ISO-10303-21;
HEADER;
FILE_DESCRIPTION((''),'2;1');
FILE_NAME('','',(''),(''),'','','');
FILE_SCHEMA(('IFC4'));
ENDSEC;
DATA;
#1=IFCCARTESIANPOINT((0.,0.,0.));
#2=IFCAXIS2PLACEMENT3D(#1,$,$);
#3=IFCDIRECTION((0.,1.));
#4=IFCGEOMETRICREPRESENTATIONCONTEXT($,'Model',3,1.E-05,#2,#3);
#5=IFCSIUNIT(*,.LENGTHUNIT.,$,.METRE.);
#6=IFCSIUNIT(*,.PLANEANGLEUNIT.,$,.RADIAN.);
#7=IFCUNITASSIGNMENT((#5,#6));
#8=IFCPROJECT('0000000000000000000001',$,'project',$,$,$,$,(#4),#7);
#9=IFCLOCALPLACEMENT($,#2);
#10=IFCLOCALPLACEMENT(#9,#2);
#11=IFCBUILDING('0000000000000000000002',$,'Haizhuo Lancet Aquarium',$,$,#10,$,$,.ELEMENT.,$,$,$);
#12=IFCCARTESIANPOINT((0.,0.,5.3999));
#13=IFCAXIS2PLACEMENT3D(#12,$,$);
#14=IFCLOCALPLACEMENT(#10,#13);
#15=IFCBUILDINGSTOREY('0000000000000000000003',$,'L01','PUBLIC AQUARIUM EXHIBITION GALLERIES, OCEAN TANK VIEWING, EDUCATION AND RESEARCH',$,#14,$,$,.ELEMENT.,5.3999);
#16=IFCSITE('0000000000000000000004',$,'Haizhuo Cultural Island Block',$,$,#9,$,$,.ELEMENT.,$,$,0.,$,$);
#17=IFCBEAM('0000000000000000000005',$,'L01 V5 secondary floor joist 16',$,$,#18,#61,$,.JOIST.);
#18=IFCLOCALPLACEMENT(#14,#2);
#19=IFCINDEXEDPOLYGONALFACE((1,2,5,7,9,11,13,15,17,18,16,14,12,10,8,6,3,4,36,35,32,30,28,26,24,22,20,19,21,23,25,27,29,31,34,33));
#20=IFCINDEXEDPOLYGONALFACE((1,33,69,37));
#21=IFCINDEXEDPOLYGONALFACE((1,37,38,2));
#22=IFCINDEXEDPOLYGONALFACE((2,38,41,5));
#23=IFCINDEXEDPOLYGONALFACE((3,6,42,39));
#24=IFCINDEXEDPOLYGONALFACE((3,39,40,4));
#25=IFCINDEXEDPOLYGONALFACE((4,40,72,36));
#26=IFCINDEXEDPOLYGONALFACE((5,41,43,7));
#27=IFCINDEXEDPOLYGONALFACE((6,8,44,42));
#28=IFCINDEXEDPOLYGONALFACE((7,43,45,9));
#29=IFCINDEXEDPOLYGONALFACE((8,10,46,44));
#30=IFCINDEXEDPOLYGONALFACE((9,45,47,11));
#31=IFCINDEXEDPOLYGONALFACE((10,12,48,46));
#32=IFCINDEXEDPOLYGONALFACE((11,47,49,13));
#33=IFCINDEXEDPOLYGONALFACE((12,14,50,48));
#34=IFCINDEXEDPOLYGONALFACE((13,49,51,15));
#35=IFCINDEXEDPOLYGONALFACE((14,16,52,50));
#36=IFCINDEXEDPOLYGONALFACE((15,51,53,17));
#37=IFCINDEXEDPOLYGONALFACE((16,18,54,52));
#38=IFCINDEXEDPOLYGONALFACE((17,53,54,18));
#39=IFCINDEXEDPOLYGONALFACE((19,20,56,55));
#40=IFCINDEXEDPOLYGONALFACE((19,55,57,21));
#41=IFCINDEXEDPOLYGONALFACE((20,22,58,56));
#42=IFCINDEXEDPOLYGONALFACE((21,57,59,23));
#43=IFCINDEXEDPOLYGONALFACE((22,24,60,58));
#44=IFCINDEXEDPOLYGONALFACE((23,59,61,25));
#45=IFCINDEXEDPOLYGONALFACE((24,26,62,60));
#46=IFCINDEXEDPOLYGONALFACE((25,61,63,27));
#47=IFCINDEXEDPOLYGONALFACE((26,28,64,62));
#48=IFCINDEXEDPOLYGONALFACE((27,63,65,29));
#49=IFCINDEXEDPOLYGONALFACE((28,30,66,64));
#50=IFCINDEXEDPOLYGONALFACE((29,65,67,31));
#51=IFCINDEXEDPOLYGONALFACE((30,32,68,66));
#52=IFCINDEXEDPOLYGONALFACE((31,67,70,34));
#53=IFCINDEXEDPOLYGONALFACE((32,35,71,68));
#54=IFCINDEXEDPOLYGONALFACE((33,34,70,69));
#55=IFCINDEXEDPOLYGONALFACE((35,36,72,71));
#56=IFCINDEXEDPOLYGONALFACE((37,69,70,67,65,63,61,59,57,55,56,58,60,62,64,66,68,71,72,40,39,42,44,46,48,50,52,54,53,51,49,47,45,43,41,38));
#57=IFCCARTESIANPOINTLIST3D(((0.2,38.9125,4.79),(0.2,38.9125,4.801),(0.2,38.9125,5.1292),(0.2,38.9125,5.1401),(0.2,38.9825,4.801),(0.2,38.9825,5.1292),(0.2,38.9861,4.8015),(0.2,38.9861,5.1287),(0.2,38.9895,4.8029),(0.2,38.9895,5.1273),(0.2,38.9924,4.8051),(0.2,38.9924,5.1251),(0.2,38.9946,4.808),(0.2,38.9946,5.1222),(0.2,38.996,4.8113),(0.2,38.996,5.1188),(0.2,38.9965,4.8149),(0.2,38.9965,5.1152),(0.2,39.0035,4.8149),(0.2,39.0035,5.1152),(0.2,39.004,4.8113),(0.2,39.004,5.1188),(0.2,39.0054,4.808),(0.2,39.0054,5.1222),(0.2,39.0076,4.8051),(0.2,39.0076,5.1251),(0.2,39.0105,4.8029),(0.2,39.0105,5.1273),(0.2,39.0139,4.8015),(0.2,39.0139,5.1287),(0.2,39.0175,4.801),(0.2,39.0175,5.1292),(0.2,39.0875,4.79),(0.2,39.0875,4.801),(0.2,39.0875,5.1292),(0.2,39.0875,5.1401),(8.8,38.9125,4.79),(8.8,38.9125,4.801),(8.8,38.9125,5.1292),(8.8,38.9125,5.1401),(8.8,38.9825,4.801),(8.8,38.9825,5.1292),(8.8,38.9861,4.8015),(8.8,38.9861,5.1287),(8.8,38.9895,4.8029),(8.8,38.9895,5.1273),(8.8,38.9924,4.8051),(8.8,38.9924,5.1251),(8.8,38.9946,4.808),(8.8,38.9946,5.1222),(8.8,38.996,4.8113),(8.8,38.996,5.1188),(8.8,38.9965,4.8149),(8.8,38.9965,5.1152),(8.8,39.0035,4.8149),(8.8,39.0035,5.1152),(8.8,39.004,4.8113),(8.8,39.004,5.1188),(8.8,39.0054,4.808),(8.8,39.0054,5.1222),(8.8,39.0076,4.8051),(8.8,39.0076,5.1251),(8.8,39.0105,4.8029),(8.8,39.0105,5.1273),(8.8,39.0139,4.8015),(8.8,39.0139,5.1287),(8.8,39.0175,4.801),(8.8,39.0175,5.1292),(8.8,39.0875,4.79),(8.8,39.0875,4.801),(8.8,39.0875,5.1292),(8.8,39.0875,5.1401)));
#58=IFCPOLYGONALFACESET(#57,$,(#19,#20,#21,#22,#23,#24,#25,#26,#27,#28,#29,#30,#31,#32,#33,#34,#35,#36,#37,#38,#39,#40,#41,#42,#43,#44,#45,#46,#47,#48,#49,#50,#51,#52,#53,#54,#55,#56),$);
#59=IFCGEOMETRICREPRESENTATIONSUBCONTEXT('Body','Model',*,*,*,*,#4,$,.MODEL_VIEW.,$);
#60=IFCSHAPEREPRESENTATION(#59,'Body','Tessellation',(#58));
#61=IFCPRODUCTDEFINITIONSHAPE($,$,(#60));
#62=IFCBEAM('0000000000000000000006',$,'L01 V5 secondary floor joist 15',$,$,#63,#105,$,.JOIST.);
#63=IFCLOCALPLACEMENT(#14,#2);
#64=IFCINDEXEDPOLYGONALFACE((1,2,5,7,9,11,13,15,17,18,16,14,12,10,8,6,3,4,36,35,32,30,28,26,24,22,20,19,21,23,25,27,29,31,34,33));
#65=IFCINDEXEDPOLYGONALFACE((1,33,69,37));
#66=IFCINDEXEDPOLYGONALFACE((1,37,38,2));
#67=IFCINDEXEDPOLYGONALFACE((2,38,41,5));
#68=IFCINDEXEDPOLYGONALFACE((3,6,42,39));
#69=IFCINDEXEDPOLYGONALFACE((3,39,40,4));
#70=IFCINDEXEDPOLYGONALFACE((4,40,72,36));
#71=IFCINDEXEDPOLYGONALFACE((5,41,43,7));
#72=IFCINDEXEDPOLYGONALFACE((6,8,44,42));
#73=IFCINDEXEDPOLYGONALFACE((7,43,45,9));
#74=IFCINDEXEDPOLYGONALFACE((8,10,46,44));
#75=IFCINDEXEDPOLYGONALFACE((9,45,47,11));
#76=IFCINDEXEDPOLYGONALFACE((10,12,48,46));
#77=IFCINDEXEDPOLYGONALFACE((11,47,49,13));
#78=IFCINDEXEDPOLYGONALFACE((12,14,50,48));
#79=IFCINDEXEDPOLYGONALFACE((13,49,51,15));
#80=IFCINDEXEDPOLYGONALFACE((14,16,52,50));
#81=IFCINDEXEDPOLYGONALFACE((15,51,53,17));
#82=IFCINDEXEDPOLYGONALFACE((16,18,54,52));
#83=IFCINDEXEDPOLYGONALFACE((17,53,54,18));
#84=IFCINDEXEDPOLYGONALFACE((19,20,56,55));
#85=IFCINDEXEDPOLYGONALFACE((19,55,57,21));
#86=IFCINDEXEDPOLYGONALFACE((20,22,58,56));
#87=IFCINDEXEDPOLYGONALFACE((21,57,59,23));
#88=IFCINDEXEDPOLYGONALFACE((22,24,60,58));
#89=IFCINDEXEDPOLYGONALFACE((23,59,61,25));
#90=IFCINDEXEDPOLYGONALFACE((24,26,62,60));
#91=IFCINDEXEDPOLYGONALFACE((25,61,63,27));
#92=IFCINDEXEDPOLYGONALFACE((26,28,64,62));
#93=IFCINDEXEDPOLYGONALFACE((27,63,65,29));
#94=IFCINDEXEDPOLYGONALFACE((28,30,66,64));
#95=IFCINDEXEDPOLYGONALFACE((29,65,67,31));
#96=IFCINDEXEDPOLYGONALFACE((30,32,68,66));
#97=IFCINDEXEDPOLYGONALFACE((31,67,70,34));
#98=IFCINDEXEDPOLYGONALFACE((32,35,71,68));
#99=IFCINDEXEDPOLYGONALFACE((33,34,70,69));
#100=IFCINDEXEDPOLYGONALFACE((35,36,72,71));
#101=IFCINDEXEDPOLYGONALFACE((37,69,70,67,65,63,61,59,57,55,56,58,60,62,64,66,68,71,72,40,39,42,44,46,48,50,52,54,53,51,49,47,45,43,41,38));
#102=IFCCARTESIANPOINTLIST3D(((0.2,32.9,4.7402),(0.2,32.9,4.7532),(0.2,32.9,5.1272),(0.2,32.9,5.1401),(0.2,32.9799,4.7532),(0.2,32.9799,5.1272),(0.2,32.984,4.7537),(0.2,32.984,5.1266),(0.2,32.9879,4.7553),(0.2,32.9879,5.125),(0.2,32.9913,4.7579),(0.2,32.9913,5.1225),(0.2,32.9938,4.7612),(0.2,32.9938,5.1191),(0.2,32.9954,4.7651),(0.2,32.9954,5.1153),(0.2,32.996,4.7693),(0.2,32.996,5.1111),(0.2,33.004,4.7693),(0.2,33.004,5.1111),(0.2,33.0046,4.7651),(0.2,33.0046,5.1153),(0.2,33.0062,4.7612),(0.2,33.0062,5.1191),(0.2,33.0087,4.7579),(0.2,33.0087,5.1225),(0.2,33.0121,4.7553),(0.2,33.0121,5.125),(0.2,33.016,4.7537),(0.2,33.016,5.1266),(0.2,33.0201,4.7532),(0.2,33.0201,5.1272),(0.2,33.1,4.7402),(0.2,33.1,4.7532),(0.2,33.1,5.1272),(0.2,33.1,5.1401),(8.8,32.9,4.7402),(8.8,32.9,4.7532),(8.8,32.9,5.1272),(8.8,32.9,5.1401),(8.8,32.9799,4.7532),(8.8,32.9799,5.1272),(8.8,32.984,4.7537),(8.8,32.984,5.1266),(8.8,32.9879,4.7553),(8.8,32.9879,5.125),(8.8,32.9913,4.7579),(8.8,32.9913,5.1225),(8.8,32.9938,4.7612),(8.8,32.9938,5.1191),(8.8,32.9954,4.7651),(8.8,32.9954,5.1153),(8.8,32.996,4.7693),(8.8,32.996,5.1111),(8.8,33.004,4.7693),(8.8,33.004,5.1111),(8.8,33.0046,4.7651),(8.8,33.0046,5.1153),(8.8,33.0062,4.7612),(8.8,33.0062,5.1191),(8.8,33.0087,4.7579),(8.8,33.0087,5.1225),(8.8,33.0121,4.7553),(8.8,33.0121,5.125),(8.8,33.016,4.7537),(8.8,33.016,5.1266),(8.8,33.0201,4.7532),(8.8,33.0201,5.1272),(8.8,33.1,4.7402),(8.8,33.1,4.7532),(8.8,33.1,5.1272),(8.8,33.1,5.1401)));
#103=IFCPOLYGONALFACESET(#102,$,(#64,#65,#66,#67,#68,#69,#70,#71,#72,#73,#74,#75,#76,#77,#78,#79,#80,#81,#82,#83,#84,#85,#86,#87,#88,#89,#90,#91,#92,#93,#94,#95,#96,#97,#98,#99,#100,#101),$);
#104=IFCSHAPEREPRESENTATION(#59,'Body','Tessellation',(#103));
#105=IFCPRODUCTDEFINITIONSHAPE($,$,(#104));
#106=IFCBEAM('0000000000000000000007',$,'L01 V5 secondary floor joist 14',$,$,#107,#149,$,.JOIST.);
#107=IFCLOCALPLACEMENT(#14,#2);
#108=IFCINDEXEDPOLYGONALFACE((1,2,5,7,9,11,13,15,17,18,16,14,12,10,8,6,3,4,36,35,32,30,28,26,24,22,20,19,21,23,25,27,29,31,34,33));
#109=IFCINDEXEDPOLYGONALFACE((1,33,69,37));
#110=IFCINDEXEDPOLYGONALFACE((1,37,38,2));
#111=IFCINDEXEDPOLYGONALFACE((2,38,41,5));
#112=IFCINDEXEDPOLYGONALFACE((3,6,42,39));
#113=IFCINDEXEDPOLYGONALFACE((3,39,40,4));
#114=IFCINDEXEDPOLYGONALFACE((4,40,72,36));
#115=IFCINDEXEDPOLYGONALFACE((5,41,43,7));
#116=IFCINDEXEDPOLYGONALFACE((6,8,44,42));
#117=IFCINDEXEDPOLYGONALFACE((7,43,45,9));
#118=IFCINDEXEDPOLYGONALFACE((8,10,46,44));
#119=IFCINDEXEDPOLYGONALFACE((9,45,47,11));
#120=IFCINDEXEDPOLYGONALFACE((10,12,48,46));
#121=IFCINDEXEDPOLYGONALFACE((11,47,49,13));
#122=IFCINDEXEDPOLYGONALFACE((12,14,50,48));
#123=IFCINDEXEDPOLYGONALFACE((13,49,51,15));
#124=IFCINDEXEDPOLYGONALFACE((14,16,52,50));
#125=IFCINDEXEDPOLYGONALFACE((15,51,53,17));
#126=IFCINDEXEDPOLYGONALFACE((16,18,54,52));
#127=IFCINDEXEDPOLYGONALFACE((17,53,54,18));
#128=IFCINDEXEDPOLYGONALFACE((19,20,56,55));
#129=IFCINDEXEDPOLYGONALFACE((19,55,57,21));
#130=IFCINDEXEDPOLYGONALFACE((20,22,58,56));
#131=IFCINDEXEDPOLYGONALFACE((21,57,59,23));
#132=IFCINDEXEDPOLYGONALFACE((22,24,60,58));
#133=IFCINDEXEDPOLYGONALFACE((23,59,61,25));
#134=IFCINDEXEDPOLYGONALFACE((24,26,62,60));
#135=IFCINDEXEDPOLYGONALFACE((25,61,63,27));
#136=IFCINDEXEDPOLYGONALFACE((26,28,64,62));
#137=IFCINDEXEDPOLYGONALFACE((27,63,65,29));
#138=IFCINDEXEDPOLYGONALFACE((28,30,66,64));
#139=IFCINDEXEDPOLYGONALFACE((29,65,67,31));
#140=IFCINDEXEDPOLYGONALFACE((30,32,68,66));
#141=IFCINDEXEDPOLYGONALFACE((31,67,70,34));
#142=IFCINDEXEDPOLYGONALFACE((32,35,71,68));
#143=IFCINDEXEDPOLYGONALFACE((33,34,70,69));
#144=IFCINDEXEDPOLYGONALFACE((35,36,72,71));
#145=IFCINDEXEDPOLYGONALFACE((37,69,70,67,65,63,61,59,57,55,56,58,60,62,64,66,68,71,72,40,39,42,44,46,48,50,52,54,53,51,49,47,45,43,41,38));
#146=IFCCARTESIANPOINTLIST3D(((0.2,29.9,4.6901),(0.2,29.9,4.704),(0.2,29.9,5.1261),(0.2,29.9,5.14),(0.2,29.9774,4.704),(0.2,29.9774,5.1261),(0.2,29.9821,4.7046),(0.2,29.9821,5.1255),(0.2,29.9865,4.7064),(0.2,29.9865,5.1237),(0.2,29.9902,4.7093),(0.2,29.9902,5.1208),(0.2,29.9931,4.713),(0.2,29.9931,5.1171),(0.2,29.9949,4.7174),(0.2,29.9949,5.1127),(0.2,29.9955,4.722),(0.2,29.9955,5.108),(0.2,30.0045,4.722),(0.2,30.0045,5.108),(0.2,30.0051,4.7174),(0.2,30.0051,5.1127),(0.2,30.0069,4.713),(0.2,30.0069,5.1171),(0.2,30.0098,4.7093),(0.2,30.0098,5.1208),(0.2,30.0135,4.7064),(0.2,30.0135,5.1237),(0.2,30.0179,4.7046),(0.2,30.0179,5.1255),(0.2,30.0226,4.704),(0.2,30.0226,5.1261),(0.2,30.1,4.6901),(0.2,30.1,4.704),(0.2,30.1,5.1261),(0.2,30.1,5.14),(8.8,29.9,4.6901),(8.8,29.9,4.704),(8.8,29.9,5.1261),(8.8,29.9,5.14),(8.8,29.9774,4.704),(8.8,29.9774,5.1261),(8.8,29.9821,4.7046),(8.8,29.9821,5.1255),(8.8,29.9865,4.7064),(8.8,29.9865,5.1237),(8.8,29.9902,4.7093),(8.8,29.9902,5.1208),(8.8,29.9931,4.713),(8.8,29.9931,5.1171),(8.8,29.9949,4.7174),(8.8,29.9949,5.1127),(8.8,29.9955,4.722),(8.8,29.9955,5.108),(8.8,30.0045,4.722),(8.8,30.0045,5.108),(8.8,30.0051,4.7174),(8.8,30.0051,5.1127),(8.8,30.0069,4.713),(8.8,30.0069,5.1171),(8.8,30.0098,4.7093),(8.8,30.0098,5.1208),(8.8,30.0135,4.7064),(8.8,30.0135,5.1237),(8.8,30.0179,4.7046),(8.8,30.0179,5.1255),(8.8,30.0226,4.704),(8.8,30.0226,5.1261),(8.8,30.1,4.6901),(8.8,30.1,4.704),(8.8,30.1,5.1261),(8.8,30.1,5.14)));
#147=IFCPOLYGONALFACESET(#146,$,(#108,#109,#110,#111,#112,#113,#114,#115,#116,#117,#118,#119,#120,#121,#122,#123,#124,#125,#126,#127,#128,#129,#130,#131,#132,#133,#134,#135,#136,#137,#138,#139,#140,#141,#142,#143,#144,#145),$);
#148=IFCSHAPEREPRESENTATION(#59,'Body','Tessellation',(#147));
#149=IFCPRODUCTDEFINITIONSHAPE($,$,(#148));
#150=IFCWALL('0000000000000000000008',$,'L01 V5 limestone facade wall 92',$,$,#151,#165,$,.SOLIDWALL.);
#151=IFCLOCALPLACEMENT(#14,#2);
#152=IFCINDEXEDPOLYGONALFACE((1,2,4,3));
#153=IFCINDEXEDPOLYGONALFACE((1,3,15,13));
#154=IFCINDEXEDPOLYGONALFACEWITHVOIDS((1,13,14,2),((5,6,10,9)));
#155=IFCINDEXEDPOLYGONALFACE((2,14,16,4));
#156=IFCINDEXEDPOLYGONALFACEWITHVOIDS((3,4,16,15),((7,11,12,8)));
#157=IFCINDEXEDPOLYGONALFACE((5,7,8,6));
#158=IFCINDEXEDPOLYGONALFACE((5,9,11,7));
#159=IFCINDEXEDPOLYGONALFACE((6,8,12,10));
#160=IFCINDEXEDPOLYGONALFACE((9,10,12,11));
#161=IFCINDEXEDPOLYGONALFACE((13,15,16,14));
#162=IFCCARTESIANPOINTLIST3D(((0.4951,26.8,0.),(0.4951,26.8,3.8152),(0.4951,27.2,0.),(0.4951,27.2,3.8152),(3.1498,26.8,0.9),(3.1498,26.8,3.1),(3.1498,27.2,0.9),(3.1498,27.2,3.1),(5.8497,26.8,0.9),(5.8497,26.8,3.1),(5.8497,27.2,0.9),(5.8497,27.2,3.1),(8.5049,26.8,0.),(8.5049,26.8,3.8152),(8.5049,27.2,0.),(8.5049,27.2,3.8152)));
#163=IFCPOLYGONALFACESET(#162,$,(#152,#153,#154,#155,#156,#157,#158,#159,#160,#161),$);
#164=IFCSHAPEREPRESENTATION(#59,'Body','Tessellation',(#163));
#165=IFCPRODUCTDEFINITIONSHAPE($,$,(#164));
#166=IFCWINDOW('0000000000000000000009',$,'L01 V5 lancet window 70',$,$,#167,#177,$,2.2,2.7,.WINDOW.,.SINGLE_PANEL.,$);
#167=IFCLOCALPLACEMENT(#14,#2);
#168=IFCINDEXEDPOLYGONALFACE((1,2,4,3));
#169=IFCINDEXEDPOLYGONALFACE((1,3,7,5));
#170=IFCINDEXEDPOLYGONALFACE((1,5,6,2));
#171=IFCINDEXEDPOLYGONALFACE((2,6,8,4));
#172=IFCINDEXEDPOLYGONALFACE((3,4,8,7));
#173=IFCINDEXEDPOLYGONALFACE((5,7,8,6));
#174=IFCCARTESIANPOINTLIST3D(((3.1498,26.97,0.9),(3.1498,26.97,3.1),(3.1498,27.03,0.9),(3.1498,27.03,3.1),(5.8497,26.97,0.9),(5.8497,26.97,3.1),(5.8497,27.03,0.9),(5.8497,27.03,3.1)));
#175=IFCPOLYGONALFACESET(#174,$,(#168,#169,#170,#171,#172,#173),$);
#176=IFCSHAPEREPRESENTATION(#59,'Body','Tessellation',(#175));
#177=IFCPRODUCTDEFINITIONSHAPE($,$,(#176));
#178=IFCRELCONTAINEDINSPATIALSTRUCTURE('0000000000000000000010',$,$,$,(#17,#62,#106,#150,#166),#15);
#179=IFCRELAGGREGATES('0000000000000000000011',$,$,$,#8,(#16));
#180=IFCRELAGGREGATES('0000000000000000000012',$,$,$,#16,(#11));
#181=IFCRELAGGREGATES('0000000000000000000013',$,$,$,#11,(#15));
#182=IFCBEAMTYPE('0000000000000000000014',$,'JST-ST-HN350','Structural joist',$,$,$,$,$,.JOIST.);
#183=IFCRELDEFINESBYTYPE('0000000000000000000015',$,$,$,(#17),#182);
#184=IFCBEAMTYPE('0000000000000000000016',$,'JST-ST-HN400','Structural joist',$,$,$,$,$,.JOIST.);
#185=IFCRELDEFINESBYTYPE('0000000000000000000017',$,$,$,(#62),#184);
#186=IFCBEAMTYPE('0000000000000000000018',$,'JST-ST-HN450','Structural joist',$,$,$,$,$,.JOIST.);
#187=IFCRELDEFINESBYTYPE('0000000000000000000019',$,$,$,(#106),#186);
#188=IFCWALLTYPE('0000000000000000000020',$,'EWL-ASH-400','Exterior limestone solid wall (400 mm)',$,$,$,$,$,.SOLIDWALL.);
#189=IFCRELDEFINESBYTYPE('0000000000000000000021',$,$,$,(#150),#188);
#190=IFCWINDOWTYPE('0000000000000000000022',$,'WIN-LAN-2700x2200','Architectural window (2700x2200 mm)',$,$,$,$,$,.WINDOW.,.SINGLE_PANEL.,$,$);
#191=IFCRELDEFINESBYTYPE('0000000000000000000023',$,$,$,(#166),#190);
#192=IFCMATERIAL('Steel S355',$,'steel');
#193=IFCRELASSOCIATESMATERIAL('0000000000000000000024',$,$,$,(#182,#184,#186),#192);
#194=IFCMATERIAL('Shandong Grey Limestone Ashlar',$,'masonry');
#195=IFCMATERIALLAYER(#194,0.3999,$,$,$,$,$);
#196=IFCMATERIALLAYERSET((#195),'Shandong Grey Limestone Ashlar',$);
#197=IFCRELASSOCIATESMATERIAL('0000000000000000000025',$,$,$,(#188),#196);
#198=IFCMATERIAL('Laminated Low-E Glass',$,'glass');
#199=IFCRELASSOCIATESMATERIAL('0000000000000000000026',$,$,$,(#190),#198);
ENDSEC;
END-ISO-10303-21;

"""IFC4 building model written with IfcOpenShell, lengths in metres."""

from ifc_helpers import new_model, si_unit, direction, frame, frame_2d, origin, origin_2d, place, context, subcontext, project, spatial, rectangle, i_section, extrude, material, layer, layer_set, material_profile, profile_set, type_object, element, fill, save


model = new_model("IFC4")

# Units and contexts
model_context = context("Model", 3, precision=1e-05, world=origin(), true_north=direction((0.0, 1.0)))
body_context = subcontext(model_context, "Body", "Model", "MODEL_VIEW")
ifc_project = project(units=[si_unit("LENGTHUNIT", "METRE"), si_unit("PLANEANGLEUNIT", "RADIAN")], contexts=[model_context])

# Site, building, storey
site_placement = place(None, origin())
site = spatial("IfcSite", under=ifc_project, at=site_placement, Name="Haizhuo Cultural Island Block", CompositionType="ELEMENT", RefElevation=0.0)
building_placement = place(site_placement, origin())
building = spatial("IfcBuilding", under=site, at=building_placement, Name="Haizhuo Lancet Aquarium", CompositionType="ELEMENT")
storey_placement = place(building_placement, frame((0.0, 0.0, 5.3999)))
storey = spatial("IfcBuildingStorey", under=building, at=storey_placement, Name="L01", Description="PUBLIC AQUARIUM EXHIBITION GALLERIES, OCEAN TANK VIEWING, EDUCATION AND RESEARCH", CompositionType="ELEMENT", Elevation=5.3999)

# Beams
ifc_material_1 = material(Name="Steel S355", Category="steel")
ifc_material_profile_1 = material_profile(ifc_material_1, i_section(OverallWidth=0.175, OverallDepth=0.3501, WebThickness=0.0071, FlangeThickness=0.011, FilletRadius=0.0139, at=origin_2d()), Name="HN 350x175x7x11")
ifc_profile_set_1 = profile_set([ifc_material_profile_1], Name="Steel S355")
beam_type_1 = type_object("IfcBeamType", Name="JST-ST-HN350", Description="Structural joist", PredefinedType="JOIST", material=ifc_profile_set_1)
beam_1_placement = place(storey_placement, frame((0.2, 39.0, 4.9651), z_axis=(1.0, 0.0, 0.0), x_axis=(0.0, 1.0, 0.0)))
element("IfcBeam", 1, at=beam_1_placement, inside=storey, type_object=beam_type_1, Name="L01 V5 secondary floor joist 16", PredefinedType="JOIST", context=body_context, shape_type="SweptSolid", body=[
    extrude(i_section(OverallWidth=0.175, OverallDepth=0.3501, WebThickness=0.0071, FlangeThickness=0.011, FilletRadius=0.0139, at=origin_2d()), origin(), (0.0, 0.0, 1.0), 8.6001),
])
ifc_material_profile_2 = material_profile(ifc_material_1, i_section(OverallWidth=0.2, OverallDepth=0.3999, WebThickness=0.0081, FlangeThickness=0.0129, FilletRadius=0.0161, at=origin_2d()), Name="HN 400x200x8x13")
ifc_profile_set_2 = profile_set([ifc_material_profile_2], Name="Steel S355")
beam_type_2 = type_object("IfcBeamType", Name="JST-ST-HN400", Description="Structural joist", PredefinedType="JOIST", material=ifc_profile_set_2)
beam_2_placement = place(storey_placement, frame((0.2, 33.0, 4.9402), z_axis=(1.0, 0.0, 0.0), x_axis=(0.0, 1.0, 0.0)))
element("IfcBeam", 2, at=beam_2_placement, inside=storey, type_object=beam_type_2, Name="L01 V5 secondary floor joist 15", PredefinedType="JOIST", context=body_context, shape_type="SweptSolid", body=[
    extrude(i_section(OverallWidth=0.2, OverallDepth=0.3999, WebThickness=0.0081, FlangeThickness=0.0129, FilletRadius=0.0161, at=origin_2d()), origin(), (0.0, 0.0, 1.0), 8.6001),
])
ifc_material_profile_3 = material_profile(ifc_material_1, i_section(OverallWidth=0.2, OverallDepth=0.45, WebThickness=0.009, FlangeThickness=0.0139, FilletRadius=0.0181, at=origin_2d()), Name="HN 450x200x9x14")
ifc_profile_set_3 = profile_set([ifc_material_profile_3], Name="Steel S355")
beam_type_3 = type_object("IfcBeamType", Name="JST-ST-HN450", Description="Structural joist", PredefinedType="JOIST", material=ifc_profile_set_3)
beam_3_placement = place(storey_placement, frame((0.2, 30.0, 4.915), z_axis=(1.0, 0.0, 0.0), x_axis=(0.0, 1.0, 0.0)))
element("IfcBeam", 3, at=beam_3_placement, inside=storey, type_object=beam_type_3, Name="L01 V5 secondary floor joist 14", PredefinedType="JOIST", context=body_context, shape_type="SweptSolid", body=[
    extrude(i_section(OverallWidth=0.2, OverallDepth=0.45, WebThickness=0.009, FlangeThickness=0.0139, FilletRadius=0.0181, at=origin_2d()), origin(), (0.0, 0.0, 1.0), 8.6001),
])

# Wall, opening, window
ifc_material_2 = material(Name="Shandong Grey Limestone Ashlar", Category="masonry")
ifc_layer_1 = layer(ifc_material_2, 0.3999)
ifc_layer_set_1 = layer_set([ifc_layer_1], Name="Shandong Grey Limestone Ashlar")
wall_type_1 = type_object("IfcWallType", Name="EWL-ASH-400", Description="Exterior limestone solid wall (400 mm)", PredefinedType="SOLIDWALL", material=ifc_layer_set_1)
wall_1_placement = place(storey_placement, frame((8.5049, 27.0, 0.0), z_axis=(0.0, 0.0, 1.0), x_axis=(-1.0, 0.0, 0.0)))
wall_1 = element("IfcWall", 4, at=wall_1_placement, inside=storey, type_object=wall_type_1, Name="L01 V5 limestone facade wall 92", PredefinedType="SOLIDWALL", context=body_context, shape_type="SweptSolid", body=[
    extrude(rectangle(XDim=8.0098, YDim=0.3999, at=frame_2d((4.0049, 0.0))), origin(), (0.0, 0.0, 1.0), 3.8152),
])
opening_placement = place(wall_1_placement, frame((2.655, 0.0, 0.8999)))
opening = element("IfcOpeningElement", 5, at=opening_placement, cuts=wall_1, PredefinedType="OPENING", context=body_context, shape_type="SweptSolid", body=[
    extrude(rectangle(XDim=2.7, YDim=2.2, at=frame_2d((1.3501, 1.1001))), frame((0.0, 0.21, 0.0), z_axis=(0.0, -1.0, 0.0), x_axis=(1.0, 0.0, 0.0)), (0.0, 0.0, 1.0), 0.4199),
])
ifc_material_3 = material(Name="Laminated Low-E Glass", Category="glass")
window_type = type_object("IfcWindowType", Name="WIN-LAN-2700x2200", Description="Architectural window (2700x2200 mm)", PartitioningType="SINGLE_PANEL", PredefinedType="WINDOW", material=ifc_material_3)
window_placement = place(opening_placement, origin())
window = element("IfcWindow", 6, at=window_placement, inside=storey, type_object=window_type, Name="L01 V5 lancet window 70", OverallHeight=2.2, OverallWidth=2.7, PartitioningType="SINGLE_PANEL", PredefinedType="WINDOW", context=body_context, shape_type="SweptSolid", body=[
    extrude(rectangle(XDim=2.7, YDim=2.2, at=frame_2d((1.3501, 1.1001))), frame((0.0, 0.03, 0.0), z_axis=(0.0, -1.0, 0.0), x_axis=(1.0, 0.0, 0.0)), (0.0, 0.0, 1.0), 0.0601),
])
fill(opening, window)

save(model, "model.ifc")
